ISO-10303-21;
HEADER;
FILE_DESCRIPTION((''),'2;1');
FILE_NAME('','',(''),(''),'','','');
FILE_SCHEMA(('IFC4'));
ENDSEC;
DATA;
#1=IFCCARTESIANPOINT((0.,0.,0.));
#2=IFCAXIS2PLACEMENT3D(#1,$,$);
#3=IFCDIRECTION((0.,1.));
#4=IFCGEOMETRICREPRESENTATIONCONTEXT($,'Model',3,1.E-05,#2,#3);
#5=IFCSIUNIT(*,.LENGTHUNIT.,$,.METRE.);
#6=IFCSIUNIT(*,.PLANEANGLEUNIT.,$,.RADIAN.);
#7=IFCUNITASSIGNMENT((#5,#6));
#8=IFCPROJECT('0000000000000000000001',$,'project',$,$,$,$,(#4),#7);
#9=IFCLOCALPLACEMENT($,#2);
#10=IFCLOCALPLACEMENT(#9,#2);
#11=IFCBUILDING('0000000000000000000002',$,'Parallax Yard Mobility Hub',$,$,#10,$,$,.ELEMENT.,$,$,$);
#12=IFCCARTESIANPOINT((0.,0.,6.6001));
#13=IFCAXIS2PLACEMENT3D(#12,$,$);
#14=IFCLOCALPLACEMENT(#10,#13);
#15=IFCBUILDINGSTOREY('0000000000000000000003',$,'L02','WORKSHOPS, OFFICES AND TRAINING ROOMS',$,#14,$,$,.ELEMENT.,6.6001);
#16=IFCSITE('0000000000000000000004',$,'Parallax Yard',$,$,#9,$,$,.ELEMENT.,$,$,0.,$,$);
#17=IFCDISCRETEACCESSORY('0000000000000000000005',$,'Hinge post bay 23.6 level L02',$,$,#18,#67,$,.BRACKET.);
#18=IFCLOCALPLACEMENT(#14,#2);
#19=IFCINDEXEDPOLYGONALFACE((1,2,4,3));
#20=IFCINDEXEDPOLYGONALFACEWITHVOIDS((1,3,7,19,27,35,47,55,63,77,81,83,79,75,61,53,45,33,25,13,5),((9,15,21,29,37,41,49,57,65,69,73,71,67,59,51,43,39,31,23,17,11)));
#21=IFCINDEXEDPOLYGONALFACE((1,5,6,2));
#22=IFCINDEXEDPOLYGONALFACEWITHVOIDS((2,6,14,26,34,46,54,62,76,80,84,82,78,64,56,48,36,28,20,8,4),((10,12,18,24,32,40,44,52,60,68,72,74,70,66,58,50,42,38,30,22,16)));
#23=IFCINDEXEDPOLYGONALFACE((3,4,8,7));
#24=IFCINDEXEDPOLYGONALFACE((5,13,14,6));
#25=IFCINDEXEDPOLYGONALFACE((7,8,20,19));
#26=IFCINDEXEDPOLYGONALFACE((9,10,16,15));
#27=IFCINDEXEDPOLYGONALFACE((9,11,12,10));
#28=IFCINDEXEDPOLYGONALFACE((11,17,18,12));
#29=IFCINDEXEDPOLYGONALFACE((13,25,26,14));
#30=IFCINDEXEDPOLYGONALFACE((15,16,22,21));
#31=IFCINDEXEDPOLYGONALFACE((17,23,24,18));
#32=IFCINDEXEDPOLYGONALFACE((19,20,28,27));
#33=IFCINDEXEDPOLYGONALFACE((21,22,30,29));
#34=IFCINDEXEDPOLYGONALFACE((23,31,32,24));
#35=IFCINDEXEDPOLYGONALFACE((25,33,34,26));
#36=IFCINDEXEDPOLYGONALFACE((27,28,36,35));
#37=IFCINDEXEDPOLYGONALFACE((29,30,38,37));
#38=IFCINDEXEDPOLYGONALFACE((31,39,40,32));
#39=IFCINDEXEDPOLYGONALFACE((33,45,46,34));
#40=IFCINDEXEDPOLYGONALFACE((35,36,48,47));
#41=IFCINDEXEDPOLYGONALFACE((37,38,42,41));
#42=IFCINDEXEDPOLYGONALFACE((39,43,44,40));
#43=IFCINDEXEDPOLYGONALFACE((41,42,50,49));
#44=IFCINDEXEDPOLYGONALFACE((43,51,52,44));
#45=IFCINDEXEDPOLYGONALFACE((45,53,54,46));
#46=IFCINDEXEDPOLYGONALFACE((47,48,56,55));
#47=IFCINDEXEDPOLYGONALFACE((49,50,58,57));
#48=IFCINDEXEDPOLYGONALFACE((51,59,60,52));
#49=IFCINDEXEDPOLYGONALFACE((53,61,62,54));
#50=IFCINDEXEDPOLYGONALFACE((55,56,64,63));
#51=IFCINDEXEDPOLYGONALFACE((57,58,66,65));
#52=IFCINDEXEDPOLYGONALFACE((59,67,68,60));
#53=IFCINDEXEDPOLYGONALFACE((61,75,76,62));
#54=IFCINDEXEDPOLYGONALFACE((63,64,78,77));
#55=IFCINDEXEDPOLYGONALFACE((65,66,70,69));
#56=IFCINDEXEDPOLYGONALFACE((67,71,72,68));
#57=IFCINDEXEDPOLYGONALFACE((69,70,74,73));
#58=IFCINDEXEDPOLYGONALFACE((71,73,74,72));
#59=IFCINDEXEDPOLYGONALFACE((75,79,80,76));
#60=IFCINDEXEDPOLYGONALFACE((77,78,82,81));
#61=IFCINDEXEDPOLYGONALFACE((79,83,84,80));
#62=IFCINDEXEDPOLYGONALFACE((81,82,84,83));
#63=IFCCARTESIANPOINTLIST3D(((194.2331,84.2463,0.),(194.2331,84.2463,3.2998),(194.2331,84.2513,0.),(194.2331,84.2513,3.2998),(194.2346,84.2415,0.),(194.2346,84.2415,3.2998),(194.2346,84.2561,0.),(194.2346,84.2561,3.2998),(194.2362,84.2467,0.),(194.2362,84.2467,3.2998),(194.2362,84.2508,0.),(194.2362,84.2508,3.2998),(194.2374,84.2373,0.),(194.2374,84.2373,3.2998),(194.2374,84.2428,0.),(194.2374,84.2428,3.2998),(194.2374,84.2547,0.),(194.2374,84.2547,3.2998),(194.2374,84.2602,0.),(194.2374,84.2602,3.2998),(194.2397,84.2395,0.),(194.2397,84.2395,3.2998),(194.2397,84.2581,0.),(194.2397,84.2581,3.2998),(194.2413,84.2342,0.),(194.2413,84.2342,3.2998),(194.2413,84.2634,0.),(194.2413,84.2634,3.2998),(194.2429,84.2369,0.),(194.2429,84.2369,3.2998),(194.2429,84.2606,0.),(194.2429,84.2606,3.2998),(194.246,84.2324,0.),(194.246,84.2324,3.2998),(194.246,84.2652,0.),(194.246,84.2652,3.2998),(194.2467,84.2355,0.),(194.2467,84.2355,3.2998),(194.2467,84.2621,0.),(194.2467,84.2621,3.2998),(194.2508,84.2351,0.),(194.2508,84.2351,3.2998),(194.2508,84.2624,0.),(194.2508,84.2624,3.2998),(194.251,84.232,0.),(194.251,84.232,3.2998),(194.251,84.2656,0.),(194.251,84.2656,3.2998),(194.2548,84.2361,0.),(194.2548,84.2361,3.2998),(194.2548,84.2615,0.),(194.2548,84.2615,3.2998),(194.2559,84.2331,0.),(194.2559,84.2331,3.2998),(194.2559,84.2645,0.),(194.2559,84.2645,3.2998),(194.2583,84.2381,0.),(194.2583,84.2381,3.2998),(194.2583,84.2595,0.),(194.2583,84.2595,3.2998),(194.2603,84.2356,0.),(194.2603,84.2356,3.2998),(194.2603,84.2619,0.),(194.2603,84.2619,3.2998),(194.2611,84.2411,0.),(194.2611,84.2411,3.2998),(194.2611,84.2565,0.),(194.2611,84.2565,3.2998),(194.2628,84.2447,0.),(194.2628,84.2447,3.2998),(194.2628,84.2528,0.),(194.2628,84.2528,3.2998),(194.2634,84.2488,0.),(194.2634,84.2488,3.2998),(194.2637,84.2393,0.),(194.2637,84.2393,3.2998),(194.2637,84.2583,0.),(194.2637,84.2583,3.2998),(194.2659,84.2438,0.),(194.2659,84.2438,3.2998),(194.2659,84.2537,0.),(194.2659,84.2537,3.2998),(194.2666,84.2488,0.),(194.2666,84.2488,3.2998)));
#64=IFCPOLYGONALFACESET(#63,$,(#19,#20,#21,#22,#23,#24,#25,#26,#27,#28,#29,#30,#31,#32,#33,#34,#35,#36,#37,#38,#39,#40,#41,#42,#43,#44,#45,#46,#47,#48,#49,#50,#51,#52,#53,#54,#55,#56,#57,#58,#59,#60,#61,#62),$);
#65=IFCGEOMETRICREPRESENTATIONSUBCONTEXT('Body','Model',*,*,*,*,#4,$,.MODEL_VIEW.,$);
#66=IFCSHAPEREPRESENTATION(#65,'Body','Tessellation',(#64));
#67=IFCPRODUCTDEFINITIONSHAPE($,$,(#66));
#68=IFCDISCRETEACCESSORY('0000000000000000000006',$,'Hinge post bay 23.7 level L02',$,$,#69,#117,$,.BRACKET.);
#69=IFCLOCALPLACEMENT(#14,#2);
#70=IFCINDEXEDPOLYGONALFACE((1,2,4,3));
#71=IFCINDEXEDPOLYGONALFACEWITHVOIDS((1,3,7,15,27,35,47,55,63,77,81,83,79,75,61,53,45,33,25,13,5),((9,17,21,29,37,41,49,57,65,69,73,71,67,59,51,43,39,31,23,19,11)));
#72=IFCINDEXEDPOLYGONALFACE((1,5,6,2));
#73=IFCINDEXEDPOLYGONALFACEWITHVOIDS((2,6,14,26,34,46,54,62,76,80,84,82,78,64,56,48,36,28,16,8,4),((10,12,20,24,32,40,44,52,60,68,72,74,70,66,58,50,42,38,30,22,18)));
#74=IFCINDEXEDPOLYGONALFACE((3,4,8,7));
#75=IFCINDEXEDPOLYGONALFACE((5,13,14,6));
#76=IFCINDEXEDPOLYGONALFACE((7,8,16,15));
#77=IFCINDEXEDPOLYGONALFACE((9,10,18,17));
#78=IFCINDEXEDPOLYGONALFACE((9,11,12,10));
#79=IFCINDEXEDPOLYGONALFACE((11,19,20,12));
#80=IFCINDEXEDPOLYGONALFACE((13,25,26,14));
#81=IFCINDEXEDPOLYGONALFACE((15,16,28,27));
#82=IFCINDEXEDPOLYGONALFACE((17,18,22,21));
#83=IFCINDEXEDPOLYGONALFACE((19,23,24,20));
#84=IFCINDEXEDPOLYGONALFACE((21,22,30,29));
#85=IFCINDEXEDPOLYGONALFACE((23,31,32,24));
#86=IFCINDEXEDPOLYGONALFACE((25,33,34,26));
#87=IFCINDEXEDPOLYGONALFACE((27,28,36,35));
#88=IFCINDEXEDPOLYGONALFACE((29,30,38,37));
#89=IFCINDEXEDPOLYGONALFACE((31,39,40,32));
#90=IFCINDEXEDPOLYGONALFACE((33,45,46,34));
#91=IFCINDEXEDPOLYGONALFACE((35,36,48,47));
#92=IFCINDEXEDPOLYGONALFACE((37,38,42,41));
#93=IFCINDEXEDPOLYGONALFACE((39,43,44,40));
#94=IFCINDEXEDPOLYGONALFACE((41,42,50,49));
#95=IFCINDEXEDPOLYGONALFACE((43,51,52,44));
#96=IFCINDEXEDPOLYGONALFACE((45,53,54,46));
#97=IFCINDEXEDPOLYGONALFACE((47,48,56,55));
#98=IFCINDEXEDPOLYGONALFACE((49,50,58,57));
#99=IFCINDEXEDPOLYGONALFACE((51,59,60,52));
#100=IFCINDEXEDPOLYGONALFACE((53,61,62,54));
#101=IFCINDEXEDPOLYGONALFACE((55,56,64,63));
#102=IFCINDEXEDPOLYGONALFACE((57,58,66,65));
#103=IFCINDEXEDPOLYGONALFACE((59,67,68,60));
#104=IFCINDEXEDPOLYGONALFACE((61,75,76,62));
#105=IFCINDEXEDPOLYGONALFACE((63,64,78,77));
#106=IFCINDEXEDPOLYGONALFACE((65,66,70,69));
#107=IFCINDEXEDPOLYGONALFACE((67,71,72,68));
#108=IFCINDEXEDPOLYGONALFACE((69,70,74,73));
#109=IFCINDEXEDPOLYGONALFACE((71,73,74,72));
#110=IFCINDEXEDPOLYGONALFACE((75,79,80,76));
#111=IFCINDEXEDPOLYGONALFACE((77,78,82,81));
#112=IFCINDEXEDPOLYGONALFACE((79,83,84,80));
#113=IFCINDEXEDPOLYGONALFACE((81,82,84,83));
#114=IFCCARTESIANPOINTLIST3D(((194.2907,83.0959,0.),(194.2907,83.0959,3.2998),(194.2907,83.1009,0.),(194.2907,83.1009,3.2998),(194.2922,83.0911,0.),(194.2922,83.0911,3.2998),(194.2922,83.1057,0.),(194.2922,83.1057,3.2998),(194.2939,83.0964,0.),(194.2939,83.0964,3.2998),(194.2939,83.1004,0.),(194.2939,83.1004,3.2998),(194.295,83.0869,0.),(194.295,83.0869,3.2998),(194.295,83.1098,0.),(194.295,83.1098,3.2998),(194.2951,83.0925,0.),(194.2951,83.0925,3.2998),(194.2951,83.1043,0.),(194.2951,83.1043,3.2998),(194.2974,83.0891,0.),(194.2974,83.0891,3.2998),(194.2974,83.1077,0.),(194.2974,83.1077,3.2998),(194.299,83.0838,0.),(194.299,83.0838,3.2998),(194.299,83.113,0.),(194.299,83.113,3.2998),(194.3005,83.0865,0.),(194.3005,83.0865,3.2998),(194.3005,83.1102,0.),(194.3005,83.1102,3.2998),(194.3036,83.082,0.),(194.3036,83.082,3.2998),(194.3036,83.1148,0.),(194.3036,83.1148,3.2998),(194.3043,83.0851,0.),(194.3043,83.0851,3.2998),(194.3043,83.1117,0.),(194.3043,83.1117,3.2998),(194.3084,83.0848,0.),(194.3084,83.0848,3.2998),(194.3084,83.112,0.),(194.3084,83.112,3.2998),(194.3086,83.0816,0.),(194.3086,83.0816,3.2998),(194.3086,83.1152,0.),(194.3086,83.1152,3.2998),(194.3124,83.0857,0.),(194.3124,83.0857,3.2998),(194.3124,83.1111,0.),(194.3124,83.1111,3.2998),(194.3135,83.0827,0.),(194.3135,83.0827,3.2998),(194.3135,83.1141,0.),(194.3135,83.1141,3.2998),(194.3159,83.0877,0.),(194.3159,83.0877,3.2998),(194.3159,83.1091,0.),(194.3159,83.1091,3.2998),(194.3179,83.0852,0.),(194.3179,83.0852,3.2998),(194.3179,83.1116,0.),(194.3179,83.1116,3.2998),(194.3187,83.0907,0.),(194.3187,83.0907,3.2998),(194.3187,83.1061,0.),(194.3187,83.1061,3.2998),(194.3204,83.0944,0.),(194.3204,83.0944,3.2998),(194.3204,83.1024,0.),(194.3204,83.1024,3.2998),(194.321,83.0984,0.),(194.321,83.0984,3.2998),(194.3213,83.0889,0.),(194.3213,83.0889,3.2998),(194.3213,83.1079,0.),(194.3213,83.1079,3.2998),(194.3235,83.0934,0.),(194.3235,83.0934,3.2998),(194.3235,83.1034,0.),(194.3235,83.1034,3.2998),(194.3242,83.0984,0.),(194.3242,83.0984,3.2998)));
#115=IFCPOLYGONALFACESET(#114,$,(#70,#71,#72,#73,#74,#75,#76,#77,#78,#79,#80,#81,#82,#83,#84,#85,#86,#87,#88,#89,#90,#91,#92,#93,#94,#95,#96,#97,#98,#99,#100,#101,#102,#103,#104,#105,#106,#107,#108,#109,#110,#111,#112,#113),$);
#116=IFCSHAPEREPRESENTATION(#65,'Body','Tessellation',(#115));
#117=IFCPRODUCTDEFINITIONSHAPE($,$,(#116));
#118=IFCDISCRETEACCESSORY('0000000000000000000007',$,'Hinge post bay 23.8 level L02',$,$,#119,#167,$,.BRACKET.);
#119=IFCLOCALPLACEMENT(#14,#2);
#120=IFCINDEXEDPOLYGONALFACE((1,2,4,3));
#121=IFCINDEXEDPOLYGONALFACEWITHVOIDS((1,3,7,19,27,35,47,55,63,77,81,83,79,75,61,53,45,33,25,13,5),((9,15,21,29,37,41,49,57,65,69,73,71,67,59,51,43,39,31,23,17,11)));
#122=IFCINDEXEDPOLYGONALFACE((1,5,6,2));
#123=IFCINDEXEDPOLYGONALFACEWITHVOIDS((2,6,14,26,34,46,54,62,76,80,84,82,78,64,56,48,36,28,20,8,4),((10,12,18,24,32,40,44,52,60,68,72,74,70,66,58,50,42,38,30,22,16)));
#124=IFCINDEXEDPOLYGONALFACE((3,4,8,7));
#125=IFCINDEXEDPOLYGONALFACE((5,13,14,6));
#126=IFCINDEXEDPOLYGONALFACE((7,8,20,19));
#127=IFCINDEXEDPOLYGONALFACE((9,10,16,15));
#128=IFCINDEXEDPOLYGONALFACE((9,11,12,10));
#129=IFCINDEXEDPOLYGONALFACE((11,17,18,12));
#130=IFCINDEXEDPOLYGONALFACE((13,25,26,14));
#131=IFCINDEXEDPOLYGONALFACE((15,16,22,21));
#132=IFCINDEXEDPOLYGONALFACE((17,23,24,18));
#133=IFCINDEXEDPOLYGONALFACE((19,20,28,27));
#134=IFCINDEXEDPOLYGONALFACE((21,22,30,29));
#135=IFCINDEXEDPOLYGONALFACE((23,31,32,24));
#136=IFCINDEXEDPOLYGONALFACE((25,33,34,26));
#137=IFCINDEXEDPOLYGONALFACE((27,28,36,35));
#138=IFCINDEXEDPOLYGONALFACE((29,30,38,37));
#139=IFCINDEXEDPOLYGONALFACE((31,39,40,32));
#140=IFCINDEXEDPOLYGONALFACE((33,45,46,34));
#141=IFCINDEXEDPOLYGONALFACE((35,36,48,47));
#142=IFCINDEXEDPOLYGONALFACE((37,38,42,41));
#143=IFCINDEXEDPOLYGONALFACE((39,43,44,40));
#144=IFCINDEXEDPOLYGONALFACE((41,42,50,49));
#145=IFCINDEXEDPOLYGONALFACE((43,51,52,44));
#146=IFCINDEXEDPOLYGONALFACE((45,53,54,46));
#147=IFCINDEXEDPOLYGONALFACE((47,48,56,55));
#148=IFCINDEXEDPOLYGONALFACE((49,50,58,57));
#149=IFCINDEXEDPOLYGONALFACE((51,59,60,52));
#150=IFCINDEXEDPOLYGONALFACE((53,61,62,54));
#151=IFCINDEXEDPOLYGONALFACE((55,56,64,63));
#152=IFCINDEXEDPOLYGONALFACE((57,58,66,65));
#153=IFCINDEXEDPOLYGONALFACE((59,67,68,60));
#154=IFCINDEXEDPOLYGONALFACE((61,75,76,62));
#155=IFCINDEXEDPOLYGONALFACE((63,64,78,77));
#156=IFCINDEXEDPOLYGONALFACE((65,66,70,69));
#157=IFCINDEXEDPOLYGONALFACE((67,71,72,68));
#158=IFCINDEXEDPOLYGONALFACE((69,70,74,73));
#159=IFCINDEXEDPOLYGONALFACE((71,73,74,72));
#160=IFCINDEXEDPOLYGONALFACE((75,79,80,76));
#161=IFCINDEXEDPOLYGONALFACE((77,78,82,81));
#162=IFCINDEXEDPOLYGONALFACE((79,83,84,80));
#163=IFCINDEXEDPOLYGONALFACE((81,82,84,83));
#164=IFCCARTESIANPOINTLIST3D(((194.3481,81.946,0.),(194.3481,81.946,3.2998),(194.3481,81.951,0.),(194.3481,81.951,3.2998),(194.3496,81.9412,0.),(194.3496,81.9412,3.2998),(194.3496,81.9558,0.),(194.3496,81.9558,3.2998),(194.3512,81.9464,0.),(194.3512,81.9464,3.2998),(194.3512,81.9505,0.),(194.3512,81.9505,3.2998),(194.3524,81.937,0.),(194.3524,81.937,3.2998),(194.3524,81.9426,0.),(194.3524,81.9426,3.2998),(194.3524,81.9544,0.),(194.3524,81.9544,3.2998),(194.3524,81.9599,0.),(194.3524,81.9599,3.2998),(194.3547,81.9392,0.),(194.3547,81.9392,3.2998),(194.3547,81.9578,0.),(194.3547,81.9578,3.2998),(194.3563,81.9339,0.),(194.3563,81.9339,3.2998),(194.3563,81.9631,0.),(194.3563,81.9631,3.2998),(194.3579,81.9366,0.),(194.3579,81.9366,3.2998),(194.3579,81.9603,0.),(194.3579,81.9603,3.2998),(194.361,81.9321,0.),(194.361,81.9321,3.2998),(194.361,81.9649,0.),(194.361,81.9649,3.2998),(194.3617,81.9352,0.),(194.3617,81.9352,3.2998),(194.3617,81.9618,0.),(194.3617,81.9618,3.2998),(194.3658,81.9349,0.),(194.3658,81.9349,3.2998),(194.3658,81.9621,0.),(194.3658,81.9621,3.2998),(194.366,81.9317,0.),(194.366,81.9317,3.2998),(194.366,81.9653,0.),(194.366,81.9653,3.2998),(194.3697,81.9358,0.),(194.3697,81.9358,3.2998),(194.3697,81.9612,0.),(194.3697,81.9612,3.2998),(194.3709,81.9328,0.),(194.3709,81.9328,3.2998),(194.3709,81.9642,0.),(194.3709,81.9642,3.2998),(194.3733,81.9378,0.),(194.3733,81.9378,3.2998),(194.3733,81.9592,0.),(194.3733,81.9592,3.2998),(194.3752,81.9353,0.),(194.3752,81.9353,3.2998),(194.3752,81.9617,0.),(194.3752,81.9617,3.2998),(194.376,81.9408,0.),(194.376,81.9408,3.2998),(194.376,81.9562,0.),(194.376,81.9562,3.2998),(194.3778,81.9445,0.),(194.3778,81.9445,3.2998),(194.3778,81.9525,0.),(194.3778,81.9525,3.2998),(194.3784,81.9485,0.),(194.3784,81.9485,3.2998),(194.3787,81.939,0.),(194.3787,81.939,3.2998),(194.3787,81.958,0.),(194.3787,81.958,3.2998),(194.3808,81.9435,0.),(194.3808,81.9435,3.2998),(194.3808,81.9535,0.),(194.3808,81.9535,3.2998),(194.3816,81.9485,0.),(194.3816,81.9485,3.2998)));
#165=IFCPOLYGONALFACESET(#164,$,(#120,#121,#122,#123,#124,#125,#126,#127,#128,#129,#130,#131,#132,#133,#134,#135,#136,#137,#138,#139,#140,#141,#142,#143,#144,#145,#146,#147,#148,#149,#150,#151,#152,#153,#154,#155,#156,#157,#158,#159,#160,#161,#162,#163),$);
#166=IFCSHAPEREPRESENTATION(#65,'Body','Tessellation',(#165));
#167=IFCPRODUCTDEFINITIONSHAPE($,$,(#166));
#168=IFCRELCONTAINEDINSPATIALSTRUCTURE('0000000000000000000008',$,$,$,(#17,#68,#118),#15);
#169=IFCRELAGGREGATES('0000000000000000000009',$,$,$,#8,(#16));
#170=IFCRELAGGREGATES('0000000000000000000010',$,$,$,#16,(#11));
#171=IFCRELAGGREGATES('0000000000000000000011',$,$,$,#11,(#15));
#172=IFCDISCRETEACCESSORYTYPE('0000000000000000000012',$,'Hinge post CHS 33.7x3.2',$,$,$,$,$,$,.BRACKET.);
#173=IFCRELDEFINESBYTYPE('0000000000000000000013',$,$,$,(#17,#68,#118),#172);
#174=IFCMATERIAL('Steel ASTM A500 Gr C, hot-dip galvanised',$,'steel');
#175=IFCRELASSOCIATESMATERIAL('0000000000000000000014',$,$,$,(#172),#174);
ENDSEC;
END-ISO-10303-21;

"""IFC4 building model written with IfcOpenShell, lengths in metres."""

from ifc_helpers import new_model, si_unit, direction, frame, origin, origin_2d, place, context, subcontext, project, spatial, hollow_circle, extrude, material, material_profile, profile_set, type_object, element, save


model = new_model("IFC4")

# Units and contexts
model_context = context("Model", 3, precision=1e-05, world=origin(), true_north=direction((0.0, 1.0)))
body_context = subcontext(model_context, "Body", "Model", "MODEL_VIEW")
ifc_project = project(units=[si_unit("LENGTHUNIT", "METRE"), si_unit("PLANEANGLEUNIT", "RADIAN")], contexts=[model_context])

# Site, building, storey
site_placement = place(None, origin())
site = spatial("IfcSite", under=ifc_project, at=site_placement, Name="Parallax Yard", CompositionType="ELEMENT", RefElevation=0.0)
building_placement = place(site_placement, origin())
building = spatial("IfcBuilding", under=site, at=building_placement, Name="Parallax Yard Mobility Hub", CompositionType="ELEMENT")
storey_placement = place(building_placement, frame((0.0, 0.0, 6.6001)))
storey = spatial("IfcBuildingStorey", under=building, at=storey_placement, Name="L02", Description="WORKSHOPS, OFFICES AND TRAINING ROOMS", CompositionType="ELEMENT", Elevation=6.6001)

# Discrete accessories
ifc_material_1 = material(Name="Steel ASTM A500 Gr C, hot-dip galvanised", Category="steel")
ifc_material_profile = material_profile(ifc_material_1, hollow_circle(Radius=0.0168, WallThickness=0.0032, at=origin_2d()), Name="CHS 33.7x3.2")
ifc_profile_set = profile_set([ifc_material_profile], Name="Steel ASTM A500 Gr C, hot-dip galvanised")
discrete_accessory_type_1 = type_object("IfcDiscreteAccessoryType", Name="Hinge post CHS 33.7x3.2", PredefinedType="BRACKET", material=ifc_profile_set)
for number, where, z_axis, x_axis, name in (
    (1, (194.2498, 84.2488, 0.0), (0.0, 0.0, 1.0), (1.0, 0.0, 0.0), "Hinge post bay 23.6 level L02"),
    (2, (194.3074, 83.0984, 0.0), (0.0, 0.0, 1.0), (1.0, 0.0, 0.0), "Hinge post bay 23.7 level L02"),
    (3, (194.3647, 81.9485, 0.0), (0.0, 0.0, 1.0), (1.0, 0.0, 0.0), "Hinge post bay 23.8 level L02"),
):
    element("IfcDiscreteAccessory", number, at=place(storey_placement, frame(where, z_axis=z_axis, x_axis=x_axis)), inside=storey, type_object=discrete_accessory_type_1, Name=name, PredefinedType="BRACKET", context=body_context, shape_type="SweptSolid", body=[
        extrude(hollow_circle(Radius=0.0168, WallThickness=0.0032, at=origin_2d()), origin(), (0.0, 0.0, 1.0), 3.2998),
    ])

save(model, "model.ifc")
